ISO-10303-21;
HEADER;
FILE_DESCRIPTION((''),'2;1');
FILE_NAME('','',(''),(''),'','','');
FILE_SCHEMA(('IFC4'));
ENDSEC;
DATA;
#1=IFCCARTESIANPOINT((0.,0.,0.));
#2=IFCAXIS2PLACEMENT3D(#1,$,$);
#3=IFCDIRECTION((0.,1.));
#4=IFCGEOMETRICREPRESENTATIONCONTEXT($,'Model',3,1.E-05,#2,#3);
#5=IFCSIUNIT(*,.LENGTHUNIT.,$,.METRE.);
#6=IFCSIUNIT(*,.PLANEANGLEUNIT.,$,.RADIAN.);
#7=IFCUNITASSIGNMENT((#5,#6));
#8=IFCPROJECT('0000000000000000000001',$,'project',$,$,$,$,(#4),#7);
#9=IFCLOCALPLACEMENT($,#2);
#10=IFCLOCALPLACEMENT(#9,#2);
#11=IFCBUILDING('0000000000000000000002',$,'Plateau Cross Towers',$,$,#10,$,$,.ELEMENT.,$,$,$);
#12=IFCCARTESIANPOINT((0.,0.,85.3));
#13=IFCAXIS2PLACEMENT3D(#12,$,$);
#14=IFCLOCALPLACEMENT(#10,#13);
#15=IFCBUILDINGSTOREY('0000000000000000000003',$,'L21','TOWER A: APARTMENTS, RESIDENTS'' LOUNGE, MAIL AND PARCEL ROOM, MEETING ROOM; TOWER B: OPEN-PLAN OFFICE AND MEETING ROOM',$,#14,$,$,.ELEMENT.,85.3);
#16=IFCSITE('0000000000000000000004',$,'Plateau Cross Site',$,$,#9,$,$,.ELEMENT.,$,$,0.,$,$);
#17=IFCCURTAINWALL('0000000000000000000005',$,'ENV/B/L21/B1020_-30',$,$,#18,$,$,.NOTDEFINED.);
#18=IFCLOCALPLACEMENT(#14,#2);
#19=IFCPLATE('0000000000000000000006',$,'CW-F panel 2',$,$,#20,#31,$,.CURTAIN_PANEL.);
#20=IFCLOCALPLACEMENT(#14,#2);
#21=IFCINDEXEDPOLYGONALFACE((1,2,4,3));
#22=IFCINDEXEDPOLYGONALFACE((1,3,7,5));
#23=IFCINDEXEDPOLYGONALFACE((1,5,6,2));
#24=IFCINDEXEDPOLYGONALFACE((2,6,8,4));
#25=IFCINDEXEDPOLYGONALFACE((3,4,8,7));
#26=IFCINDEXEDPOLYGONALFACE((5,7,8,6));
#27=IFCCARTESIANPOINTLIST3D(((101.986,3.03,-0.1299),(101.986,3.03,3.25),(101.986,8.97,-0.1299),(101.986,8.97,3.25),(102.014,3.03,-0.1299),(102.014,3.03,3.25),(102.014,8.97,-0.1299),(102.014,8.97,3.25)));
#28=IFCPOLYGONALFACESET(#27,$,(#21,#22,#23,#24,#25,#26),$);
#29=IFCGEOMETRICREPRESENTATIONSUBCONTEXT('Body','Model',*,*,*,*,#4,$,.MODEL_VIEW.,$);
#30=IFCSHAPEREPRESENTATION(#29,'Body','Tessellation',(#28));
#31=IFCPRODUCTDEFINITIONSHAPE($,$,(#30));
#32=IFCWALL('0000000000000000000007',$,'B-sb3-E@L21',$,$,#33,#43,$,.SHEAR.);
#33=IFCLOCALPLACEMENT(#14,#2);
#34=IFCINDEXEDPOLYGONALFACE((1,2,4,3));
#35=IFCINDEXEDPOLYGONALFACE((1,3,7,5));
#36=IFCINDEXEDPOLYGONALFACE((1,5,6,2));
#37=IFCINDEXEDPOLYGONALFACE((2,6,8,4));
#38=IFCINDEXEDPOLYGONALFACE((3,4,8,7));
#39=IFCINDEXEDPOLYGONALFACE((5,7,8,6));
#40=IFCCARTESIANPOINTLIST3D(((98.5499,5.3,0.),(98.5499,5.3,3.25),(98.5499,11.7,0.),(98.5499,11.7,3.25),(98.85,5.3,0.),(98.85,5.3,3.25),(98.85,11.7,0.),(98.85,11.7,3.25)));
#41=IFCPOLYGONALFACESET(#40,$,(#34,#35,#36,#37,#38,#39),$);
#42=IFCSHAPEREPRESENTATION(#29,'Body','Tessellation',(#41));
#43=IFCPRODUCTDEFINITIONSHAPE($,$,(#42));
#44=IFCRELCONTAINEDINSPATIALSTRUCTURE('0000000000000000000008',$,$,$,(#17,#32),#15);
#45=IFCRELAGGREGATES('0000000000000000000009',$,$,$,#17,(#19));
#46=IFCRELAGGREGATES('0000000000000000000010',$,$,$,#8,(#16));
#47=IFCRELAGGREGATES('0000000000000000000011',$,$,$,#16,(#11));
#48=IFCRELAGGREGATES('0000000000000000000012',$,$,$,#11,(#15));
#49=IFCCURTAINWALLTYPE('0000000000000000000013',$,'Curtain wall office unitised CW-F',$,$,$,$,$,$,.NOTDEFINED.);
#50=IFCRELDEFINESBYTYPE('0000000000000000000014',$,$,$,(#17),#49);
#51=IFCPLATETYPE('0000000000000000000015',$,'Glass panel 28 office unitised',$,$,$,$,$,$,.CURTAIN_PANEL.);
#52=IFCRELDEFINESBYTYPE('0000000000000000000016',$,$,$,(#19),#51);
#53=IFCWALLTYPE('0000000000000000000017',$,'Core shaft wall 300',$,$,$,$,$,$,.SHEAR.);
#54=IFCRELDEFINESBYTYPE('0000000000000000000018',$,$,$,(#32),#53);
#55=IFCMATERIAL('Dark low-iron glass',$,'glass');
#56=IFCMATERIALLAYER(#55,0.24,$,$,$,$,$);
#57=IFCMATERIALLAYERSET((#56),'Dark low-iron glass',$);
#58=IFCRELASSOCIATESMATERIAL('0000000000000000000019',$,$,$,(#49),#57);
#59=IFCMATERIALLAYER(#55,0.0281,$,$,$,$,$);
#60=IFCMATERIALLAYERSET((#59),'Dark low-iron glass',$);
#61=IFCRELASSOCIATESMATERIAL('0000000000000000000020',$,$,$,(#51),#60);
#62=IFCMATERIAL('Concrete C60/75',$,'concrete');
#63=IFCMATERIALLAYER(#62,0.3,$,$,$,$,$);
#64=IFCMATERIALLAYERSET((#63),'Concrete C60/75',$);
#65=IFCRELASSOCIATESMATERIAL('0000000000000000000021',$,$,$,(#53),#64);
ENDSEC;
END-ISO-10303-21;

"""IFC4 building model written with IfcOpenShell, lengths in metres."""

from ifc_helpers import new_model, si_unit, direction, frame, frame_2d, origin, origin_2d, place, context, subcontext, project, spatial, rectangle, extrude, material, layer, layer_set, type_object, element, aggregate, save


model = new_model("IFC4")

# Units and contexts
model_context = context("Model", 3, precision=1e-05, world=origin(), true_north=direction((0.0, 1.0)))
body_context = subcontext(model_context, "Body", "Model", "MODEL_VIEW")
ifc_project = project(units=[si_unit("LENGTHUNIT", "METRE"), si_unit("PLANEANGLEUNIT", "RADIAN")], contexts=[model_context])

# Site, building, storey
site_placement = place(None, origin())
site = spatial("IfcSite", under=ifc_project, at=site_placement, Name="Plateau Cross Site", CompositionType="ELEMENT", RefElevation=0.0)
building_placement = place(site_placement, origin())
building = spatial("IfcBuilding", under=site, at=building_placement, Name="Plateau Cross Towers", CompositionType="ELEMENT")
storey_placement = place(building_placement, frame((0.0, 0.0, 85.3)))
storey = spatial("IfcBuildingStorey", under=building, at=storey_placement, Name="L21", Description="TOWER A: APARTMENTS, RESIDENTS' LOUNGE, MAIL AND PARCEL ROOM, MEETING ROOM; TOWER B: OPEN-PLAN OFFICE AND MEETING ROOM", CompositionType="ELEMENT", Elevation=85.3)

# Shared definitions
ifc_material_1 = material(Name="Concrete C60/75", Category="concrete")

# Shared definitions
ifc_material_2 = material(Name="Dark low-iron glass", Category="glass")
ifc_layer_1 = layer(ifc_material_2, 0.24)
ifc_layer_set_1 = layer_set([ifc_layer_1], Name="Dark low-iron glass")
curtain_wall_type = type_object("IfcCurtainWallType", Name="Curtain wall office unitised CW-F", PredefinedType="NOTDEFINED", material=ifc_layer_set_1)

# Curtain wall
curtain_wall_1_placement = place(storey_placement, origin())
curtain_wall_1 = element("IfcCurtainWall", 1, at=curtain_wall_1_placement, inside=storey, type_object=curtain_wall_type, Name="ENV/B/L21/B1020_-30", PredefinedType="NOTDEFINED")

# Plate
ifc_layer_2 = layer(ifc_material_2, 0.0281)
ifc_layer_set_2 = layer_set([ifc_layer_2], Name="Dark low-iron glass")
plate_type = type_object("IfcPlateType", Name="Glass panel 28 office unitised", PredefinedType="CURTAIN_PANEL", material=ifc_layer_set_2)
plate_1_placement = place(storey_placement, frame((102.0, 6.0, -0.1299), z_axis=(0.0, 0.0, 1.0), x_axis=(0.0, 1.0, 0.0)))
plate_1 = element("IfcPlate", 2, at=plate_1_placement, type_object=plate_type, Name="CW-F panel 2", PredefinedType="CURTAIN_PANEL", context=body_context, shape_type="SweptSolid", body=[
    extrude(rectangle(XDim=5.9399, YDim=0.0281, at=origin_2d()), origin(), (0.0, 0.0, 1.0), 3.3799),
])
aggregate(curtain_wall_1, [plate_1])

# Wall
ifc_layer_3 = layer(ifc_material_1, 0.3)
ifc_layer_set_3 = layer_set([ifc_layer_3], Name="Concrete C60/75")
wall_type = type_object("IfcWallType", Name="Core shaft wall 300", PredefinedType="SHEAR", material=ifc_layer_set_3)
wall_placement = place(storey_placement, frame((98.7, 5.3, 0.0), z_axis=(0.0, 0.0, 1.0), x_axis=(0.0, 1.0, 0.0)))
element("IfcWall", 3, at=wall_placement, inside=storey, type_object=wall_type, Name="B-sb3-E@L21", PredefinedType="SHEAR", context=body_context, shape_type="SweptSolid", body=[
    extrude(rectangle(XDim=6.3999, YDim=0.3, at=frame_2d((3.2, 0.0))), origin(), (0.0, 0.0, 1.0), 3.25),
])

save(model, "model.ifc")
